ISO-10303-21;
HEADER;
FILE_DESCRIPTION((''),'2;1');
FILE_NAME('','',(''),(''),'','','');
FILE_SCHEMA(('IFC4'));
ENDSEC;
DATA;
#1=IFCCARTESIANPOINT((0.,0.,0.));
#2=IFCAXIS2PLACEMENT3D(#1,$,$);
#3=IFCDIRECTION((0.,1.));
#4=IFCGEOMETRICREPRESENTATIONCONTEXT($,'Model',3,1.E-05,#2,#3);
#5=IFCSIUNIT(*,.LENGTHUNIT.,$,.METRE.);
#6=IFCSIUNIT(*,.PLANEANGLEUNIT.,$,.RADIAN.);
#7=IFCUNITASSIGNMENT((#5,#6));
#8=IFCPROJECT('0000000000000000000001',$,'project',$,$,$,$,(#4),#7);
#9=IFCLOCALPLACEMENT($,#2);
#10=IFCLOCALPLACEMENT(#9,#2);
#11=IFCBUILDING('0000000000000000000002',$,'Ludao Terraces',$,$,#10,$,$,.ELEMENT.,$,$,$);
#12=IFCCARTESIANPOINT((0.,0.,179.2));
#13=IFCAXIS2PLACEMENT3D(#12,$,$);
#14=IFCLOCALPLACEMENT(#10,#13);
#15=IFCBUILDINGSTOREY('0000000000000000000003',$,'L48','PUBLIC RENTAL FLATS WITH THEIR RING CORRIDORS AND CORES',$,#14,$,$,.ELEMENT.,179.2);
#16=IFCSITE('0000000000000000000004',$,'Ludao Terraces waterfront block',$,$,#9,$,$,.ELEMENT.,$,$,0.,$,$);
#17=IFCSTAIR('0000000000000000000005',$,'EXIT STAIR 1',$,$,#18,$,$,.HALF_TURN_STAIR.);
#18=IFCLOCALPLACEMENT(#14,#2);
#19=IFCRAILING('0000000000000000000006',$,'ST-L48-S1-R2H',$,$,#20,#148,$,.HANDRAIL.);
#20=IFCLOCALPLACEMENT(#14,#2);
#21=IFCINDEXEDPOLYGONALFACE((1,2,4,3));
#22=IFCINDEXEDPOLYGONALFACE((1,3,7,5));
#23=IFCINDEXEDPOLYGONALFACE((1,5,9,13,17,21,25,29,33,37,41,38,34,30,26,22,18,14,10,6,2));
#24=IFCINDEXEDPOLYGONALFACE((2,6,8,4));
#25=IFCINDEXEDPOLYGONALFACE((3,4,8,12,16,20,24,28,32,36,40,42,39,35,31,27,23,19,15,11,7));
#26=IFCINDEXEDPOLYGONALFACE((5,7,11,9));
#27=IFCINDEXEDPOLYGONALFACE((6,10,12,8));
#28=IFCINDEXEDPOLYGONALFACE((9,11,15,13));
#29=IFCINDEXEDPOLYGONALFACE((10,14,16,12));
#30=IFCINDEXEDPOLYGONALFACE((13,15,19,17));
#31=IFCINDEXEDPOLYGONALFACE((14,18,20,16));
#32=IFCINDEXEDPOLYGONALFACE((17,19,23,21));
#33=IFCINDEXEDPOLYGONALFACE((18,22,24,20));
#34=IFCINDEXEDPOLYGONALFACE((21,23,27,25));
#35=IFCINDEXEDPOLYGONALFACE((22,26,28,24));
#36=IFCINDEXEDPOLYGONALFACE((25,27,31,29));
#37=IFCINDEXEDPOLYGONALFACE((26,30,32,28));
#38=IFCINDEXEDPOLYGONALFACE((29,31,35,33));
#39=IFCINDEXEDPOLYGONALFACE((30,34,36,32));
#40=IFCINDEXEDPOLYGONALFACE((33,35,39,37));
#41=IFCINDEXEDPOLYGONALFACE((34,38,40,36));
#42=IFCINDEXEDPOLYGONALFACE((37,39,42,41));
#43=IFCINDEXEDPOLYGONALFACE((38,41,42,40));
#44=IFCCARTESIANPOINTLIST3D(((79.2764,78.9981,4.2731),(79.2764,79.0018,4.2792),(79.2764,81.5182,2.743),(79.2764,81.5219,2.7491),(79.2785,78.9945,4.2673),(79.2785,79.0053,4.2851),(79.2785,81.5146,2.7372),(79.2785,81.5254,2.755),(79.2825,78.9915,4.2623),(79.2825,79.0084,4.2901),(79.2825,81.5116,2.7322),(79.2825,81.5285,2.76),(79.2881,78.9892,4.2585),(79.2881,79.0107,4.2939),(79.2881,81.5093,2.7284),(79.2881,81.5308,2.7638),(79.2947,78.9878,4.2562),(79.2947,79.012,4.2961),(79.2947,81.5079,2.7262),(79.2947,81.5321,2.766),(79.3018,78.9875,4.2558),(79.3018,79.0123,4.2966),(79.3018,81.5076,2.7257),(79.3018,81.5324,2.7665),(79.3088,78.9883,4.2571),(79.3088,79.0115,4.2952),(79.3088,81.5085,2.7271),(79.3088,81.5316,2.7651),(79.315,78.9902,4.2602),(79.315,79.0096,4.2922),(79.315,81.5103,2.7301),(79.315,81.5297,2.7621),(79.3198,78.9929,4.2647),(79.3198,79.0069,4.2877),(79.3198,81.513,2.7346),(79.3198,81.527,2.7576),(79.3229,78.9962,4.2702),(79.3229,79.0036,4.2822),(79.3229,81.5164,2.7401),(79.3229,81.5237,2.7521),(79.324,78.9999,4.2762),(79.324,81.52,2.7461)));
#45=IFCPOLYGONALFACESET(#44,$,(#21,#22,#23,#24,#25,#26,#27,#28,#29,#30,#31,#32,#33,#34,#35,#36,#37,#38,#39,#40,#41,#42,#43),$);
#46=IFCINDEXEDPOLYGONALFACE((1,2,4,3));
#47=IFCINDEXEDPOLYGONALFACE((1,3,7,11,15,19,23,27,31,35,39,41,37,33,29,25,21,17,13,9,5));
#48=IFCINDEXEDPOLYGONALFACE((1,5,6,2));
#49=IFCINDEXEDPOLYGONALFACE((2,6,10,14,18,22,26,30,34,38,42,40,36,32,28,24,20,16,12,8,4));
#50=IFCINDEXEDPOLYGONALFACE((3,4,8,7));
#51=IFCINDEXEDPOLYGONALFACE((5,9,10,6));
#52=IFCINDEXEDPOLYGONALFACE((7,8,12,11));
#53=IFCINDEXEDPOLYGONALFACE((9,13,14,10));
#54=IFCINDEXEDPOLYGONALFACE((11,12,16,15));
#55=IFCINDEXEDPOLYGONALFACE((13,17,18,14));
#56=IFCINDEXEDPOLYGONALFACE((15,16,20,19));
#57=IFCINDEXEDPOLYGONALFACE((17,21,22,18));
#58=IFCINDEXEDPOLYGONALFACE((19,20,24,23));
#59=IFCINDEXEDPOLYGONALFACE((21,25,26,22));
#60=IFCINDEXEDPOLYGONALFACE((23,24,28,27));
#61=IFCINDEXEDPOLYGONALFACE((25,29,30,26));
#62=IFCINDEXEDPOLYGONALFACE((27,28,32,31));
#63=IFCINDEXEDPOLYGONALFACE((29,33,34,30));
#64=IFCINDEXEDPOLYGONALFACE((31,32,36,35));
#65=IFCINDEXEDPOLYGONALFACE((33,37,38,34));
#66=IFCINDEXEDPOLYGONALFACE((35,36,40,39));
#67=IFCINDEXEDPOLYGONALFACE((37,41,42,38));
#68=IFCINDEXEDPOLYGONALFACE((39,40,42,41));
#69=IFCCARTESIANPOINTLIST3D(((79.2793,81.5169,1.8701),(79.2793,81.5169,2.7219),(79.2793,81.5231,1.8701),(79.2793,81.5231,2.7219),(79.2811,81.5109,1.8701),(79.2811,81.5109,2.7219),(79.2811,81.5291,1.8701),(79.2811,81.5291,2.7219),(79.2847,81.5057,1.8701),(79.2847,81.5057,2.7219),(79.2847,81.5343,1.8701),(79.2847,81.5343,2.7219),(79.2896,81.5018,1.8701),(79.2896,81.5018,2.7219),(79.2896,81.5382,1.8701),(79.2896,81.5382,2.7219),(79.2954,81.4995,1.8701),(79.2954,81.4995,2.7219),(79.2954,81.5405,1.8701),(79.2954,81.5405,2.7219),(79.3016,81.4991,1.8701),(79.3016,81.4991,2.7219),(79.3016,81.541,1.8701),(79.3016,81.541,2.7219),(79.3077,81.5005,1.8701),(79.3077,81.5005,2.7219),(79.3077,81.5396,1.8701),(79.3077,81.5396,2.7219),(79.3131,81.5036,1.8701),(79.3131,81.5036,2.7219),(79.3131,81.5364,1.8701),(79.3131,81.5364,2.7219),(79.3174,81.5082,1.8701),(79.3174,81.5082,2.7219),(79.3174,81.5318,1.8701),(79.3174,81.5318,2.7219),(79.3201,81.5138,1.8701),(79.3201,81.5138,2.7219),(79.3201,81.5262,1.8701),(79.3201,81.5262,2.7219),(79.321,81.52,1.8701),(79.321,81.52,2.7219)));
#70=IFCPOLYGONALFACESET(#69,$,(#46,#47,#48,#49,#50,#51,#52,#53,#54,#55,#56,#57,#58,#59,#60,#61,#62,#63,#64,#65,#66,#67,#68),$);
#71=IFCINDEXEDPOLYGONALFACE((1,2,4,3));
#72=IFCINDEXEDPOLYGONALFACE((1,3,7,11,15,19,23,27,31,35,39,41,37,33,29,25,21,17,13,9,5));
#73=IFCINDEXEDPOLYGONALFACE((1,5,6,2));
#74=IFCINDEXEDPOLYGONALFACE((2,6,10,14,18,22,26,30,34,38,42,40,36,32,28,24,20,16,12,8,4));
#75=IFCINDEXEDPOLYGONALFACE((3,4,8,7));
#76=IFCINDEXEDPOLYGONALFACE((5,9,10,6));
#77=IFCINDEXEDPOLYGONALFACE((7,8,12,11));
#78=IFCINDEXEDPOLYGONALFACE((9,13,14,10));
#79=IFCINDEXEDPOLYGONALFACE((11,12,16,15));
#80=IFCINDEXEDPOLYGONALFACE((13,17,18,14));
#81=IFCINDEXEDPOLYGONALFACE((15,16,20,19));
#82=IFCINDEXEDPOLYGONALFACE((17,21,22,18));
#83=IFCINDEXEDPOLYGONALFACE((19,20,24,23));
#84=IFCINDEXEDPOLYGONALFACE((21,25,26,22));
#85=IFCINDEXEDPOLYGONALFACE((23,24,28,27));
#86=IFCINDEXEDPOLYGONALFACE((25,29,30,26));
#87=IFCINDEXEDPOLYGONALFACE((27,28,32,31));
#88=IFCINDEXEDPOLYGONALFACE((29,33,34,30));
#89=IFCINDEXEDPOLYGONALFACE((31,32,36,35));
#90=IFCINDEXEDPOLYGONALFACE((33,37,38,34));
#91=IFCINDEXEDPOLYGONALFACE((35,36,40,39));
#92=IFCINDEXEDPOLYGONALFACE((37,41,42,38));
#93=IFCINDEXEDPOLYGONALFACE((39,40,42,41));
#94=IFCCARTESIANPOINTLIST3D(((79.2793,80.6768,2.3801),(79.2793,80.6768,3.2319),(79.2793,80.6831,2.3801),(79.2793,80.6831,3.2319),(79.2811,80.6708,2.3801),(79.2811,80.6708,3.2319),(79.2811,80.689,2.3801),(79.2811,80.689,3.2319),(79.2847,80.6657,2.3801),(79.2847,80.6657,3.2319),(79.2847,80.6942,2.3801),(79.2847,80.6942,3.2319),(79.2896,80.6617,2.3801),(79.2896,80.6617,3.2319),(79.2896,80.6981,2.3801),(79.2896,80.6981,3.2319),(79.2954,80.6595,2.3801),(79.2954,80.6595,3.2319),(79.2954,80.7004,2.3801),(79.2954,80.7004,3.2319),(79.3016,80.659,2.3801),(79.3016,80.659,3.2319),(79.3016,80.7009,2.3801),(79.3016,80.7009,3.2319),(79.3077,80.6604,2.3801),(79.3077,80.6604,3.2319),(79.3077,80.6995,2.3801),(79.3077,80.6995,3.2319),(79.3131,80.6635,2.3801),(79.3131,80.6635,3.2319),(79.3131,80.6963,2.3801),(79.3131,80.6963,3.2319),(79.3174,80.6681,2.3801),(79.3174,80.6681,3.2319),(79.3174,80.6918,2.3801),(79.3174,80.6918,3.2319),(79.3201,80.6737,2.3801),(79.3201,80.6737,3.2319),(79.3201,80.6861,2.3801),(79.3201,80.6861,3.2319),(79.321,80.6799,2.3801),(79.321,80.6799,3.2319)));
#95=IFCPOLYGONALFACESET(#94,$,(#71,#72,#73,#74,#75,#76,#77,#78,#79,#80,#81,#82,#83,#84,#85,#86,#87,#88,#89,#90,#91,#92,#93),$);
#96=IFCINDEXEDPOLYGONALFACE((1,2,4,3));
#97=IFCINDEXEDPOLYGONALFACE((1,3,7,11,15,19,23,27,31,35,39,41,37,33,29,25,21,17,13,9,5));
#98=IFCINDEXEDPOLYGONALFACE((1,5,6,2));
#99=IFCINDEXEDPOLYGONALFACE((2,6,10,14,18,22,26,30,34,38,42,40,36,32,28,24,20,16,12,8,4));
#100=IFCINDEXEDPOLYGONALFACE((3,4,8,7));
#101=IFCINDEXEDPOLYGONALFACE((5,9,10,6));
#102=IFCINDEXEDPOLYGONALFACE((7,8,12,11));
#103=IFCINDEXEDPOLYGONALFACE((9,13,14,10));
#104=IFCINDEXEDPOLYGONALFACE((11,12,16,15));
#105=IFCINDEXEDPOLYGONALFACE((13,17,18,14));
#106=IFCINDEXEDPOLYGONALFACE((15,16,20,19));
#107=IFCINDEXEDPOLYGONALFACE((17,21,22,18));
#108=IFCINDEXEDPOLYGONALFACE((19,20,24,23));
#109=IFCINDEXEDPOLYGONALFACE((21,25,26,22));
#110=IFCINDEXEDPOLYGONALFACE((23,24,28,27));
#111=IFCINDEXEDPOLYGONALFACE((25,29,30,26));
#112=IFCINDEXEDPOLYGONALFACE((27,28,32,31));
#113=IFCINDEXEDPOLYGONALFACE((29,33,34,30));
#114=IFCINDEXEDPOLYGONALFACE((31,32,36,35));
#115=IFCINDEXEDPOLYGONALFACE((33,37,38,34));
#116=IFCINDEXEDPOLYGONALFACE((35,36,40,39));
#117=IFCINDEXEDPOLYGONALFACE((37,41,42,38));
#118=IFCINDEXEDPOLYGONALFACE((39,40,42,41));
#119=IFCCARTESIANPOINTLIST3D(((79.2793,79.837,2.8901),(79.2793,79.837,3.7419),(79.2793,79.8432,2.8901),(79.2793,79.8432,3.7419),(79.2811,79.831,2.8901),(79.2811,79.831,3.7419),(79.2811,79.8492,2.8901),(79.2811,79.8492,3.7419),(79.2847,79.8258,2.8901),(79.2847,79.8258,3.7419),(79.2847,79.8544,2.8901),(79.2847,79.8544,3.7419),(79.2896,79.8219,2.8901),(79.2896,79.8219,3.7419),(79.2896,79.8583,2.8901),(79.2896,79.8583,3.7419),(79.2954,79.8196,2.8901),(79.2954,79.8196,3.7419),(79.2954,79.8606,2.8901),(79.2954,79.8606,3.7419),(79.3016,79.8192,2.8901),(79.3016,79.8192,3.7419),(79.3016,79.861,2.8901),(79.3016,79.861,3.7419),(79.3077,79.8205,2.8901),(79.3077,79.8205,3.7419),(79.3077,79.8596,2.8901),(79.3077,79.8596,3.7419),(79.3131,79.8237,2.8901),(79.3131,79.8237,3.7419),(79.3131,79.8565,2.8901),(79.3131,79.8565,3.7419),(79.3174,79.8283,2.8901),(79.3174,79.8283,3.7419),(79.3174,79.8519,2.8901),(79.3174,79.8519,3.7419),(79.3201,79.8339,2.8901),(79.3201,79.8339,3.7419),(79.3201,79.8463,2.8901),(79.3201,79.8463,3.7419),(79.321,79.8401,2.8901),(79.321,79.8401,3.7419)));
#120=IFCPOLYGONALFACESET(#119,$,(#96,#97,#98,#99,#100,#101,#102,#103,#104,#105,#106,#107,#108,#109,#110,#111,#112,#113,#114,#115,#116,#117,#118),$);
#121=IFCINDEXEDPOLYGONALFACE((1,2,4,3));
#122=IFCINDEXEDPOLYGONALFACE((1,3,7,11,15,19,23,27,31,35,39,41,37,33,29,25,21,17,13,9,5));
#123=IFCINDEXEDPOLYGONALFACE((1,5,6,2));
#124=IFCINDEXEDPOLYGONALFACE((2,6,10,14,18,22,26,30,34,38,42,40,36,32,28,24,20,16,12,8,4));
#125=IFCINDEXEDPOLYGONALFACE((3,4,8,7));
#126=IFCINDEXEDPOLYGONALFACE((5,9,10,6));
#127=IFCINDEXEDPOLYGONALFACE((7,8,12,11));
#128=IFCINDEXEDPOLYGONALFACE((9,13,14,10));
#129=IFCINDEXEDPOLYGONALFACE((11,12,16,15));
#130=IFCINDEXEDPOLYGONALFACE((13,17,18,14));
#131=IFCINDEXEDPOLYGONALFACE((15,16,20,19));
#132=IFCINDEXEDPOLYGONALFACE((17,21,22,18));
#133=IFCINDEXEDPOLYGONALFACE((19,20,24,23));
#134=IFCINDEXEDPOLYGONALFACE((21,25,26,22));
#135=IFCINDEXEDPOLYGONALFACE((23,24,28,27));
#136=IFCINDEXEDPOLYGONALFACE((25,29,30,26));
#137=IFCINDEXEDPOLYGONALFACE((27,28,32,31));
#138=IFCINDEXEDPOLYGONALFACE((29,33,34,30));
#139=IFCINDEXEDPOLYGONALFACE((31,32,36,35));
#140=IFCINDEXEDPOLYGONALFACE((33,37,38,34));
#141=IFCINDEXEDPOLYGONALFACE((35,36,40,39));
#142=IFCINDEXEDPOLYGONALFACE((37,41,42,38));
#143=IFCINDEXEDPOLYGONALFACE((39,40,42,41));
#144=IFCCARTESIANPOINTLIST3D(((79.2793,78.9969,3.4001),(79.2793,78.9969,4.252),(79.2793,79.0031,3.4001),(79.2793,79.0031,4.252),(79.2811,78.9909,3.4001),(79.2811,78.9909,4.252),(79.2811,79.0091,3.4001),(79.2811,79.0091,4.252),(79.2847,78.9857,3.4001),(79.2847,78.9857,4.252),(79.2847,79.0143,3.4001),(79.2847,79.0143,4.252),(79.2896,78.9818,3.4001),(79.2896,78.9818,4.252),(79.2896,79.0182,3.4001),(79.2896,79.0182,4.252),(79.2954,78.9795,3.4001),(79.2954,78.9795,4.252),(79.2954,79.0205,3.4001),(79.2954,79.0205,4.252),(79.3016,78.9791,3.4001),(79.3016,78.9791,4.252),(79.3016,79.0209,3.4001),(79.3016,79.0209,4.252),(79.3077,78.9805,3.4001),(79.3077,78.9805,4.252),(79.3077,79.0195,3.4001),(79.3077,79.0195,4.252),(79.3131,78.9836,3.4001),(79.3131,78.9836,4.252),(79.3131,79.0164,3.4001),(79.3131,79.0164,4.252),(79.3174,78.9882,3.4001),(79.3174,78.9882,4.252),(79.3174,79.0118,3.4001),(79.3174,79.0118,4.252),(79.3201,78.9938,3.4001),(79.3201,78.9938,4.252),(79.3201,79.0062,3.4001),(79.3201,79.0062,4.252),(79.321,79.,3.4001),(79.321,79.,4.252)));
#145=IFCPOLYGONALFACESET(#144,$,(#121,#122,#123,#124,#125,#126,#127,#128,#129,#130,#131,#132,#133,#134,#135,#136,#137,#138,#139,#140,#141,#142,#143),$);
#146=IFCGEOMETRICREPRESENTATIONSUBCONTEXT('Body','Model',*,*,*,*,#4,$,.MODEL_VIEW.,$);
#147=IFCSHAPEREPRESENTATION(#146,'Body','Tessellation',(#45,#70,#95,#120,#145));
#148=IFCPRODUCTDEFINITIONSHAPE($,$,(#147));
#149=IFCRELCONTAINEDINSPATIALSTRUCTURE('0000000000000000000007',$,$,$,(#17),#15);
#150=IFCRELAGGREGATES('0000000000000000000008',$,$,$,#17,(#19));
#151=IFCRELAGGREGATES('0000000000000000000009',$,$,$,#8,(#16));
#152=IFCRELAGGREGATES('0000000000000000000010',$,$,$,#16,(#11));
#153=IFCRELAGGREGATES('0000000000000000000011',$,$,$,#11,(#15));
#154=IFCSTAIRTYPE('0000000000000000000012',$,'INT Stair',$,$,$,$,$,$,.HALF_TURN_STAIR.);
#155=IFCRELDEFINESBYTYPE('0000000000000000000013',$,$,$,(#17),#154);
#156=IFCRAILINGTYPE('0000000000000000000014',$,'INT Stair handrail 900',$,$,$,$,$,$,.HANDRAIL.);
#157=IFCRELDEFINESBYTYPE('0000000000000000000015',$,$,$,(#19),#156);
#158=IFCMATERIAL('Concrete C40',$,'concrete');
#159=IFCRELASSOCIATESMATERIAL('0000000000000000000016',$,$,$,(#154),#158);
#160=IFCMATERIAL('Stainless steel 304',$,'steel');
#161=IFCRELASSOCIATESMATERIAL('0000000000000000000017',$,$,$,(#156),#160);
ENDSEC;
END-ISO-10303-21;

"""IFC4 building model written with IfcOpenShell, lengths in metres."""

from ifc_helpers import new_model, si_unit, direction, frame, origin, origin_2d, place, context, subcontext, project, spatial, circle, extrude, material, type_object, element, aggregate, save


model = new_model("IFC4")

# Units and contexts
model_context = context("Model", 3, precision=1e-05, world=origin(), true_north=direction((0.0, 1.0)))
body_context = subcontext(model_context, "Body", "Model", "MODEL_VIEW")
ifc_project = project(units=[si_unit("LENGTHUNIT", "METRE"), si_unit("PLANEANGLEUNIT", "RADIAN")], contexts=[model_context])

# Site, building, storey
site_placement = place(None, origin())
site = spatial("IfcSite", under=ifc_project, at=site_placement, Name="Ludao Terraces waterfront block", CompositionType="ELEMENT", RefElevation=0.0)
building_placement = place(site_placement, origin())
building = spatial("IfcBuilding", under=site, at=building_placement, Name="Ludao Terraces", CompositionType="ELEMENT")
storey_placement = place(building_placement, frame((0.0, 0.0, 179.2)))
storey = spatial("IfcBuildingStorey", under=building, at=storey_placement, Name="L48", Description="PUBLIC RENTAL FLATS WITH THEIR RING CORRIDORS AND CORES", CompositionType="ELEMENT", Elevation=179.2)

# Shared definitions
ifc_material_1 = material(Name="Stainless steel 304", Category="steel")

# Stair, railing
ifc_material_2 = material(Name="Concrete C40", Category="concrete")
stair_type = type_object("IfcStairType", Name="INT Stair", PredefinedType="HALF_TURN_STAIR", material=ifc_material_2)
stair_placement = place(storey_placement, origin())
stair = element("IfcStair", 1, at=stair_placement, inside=storey, type_object=stair_type, Name="EXIT STAIR 1", PredefinedType="HALF_TURN_STAIR")
railing_type_1 = type_object("IfcRailingType", Name="INT Stair handrail 900", PredefinedType="HANDRAIL", material=ifc_material_1)
railing_1_placement = place(storey_placement, frame((79.3, 81.52, 1.8701)))
railing_1 = element("IfcRailing", 2, at=railing_1_placement, type_object=railing_type_1, Name="ST-L48-S1-R2H", PredefinedType="HANDRAIL", context=body_context, shape_type="SweptSolid", body=[
    extrude(circle(Radius=0.0239, at=origin_2d()), frame((0.0, 0.0, 0.876), z_axis=(0.0, -0.854785, 0.518982), x_axis=(1.0, 0.0, 0.0)), (0.0, 0.0, 1.0), 2.9482),
    extrude(circle(Radius=0.021, at=origin_2d()), origin(), (0.0, 0.0, 1.0), 0.8518),
    extrude(circle(Radius=0.021, at=origin_2d()), frame((0.0, -0.8401, 0.51)), (0.0, 0.0, 1.0), 0.8518),
    extrude(circle(Radius=0.021, at=origin_2d()), frame((0.0, -1.6799, 1.02)), (0.0, 0.0, 1.0), 0.8518),
    extrude(circle(Radius=0.021, at=origin_2d()), frame((0.0, -2.52, 1.53)), (0.0, 0.0, 1.0), 0.8518),
])
aggregate(stair, [railing_1])

save(model, "model.ifc")
